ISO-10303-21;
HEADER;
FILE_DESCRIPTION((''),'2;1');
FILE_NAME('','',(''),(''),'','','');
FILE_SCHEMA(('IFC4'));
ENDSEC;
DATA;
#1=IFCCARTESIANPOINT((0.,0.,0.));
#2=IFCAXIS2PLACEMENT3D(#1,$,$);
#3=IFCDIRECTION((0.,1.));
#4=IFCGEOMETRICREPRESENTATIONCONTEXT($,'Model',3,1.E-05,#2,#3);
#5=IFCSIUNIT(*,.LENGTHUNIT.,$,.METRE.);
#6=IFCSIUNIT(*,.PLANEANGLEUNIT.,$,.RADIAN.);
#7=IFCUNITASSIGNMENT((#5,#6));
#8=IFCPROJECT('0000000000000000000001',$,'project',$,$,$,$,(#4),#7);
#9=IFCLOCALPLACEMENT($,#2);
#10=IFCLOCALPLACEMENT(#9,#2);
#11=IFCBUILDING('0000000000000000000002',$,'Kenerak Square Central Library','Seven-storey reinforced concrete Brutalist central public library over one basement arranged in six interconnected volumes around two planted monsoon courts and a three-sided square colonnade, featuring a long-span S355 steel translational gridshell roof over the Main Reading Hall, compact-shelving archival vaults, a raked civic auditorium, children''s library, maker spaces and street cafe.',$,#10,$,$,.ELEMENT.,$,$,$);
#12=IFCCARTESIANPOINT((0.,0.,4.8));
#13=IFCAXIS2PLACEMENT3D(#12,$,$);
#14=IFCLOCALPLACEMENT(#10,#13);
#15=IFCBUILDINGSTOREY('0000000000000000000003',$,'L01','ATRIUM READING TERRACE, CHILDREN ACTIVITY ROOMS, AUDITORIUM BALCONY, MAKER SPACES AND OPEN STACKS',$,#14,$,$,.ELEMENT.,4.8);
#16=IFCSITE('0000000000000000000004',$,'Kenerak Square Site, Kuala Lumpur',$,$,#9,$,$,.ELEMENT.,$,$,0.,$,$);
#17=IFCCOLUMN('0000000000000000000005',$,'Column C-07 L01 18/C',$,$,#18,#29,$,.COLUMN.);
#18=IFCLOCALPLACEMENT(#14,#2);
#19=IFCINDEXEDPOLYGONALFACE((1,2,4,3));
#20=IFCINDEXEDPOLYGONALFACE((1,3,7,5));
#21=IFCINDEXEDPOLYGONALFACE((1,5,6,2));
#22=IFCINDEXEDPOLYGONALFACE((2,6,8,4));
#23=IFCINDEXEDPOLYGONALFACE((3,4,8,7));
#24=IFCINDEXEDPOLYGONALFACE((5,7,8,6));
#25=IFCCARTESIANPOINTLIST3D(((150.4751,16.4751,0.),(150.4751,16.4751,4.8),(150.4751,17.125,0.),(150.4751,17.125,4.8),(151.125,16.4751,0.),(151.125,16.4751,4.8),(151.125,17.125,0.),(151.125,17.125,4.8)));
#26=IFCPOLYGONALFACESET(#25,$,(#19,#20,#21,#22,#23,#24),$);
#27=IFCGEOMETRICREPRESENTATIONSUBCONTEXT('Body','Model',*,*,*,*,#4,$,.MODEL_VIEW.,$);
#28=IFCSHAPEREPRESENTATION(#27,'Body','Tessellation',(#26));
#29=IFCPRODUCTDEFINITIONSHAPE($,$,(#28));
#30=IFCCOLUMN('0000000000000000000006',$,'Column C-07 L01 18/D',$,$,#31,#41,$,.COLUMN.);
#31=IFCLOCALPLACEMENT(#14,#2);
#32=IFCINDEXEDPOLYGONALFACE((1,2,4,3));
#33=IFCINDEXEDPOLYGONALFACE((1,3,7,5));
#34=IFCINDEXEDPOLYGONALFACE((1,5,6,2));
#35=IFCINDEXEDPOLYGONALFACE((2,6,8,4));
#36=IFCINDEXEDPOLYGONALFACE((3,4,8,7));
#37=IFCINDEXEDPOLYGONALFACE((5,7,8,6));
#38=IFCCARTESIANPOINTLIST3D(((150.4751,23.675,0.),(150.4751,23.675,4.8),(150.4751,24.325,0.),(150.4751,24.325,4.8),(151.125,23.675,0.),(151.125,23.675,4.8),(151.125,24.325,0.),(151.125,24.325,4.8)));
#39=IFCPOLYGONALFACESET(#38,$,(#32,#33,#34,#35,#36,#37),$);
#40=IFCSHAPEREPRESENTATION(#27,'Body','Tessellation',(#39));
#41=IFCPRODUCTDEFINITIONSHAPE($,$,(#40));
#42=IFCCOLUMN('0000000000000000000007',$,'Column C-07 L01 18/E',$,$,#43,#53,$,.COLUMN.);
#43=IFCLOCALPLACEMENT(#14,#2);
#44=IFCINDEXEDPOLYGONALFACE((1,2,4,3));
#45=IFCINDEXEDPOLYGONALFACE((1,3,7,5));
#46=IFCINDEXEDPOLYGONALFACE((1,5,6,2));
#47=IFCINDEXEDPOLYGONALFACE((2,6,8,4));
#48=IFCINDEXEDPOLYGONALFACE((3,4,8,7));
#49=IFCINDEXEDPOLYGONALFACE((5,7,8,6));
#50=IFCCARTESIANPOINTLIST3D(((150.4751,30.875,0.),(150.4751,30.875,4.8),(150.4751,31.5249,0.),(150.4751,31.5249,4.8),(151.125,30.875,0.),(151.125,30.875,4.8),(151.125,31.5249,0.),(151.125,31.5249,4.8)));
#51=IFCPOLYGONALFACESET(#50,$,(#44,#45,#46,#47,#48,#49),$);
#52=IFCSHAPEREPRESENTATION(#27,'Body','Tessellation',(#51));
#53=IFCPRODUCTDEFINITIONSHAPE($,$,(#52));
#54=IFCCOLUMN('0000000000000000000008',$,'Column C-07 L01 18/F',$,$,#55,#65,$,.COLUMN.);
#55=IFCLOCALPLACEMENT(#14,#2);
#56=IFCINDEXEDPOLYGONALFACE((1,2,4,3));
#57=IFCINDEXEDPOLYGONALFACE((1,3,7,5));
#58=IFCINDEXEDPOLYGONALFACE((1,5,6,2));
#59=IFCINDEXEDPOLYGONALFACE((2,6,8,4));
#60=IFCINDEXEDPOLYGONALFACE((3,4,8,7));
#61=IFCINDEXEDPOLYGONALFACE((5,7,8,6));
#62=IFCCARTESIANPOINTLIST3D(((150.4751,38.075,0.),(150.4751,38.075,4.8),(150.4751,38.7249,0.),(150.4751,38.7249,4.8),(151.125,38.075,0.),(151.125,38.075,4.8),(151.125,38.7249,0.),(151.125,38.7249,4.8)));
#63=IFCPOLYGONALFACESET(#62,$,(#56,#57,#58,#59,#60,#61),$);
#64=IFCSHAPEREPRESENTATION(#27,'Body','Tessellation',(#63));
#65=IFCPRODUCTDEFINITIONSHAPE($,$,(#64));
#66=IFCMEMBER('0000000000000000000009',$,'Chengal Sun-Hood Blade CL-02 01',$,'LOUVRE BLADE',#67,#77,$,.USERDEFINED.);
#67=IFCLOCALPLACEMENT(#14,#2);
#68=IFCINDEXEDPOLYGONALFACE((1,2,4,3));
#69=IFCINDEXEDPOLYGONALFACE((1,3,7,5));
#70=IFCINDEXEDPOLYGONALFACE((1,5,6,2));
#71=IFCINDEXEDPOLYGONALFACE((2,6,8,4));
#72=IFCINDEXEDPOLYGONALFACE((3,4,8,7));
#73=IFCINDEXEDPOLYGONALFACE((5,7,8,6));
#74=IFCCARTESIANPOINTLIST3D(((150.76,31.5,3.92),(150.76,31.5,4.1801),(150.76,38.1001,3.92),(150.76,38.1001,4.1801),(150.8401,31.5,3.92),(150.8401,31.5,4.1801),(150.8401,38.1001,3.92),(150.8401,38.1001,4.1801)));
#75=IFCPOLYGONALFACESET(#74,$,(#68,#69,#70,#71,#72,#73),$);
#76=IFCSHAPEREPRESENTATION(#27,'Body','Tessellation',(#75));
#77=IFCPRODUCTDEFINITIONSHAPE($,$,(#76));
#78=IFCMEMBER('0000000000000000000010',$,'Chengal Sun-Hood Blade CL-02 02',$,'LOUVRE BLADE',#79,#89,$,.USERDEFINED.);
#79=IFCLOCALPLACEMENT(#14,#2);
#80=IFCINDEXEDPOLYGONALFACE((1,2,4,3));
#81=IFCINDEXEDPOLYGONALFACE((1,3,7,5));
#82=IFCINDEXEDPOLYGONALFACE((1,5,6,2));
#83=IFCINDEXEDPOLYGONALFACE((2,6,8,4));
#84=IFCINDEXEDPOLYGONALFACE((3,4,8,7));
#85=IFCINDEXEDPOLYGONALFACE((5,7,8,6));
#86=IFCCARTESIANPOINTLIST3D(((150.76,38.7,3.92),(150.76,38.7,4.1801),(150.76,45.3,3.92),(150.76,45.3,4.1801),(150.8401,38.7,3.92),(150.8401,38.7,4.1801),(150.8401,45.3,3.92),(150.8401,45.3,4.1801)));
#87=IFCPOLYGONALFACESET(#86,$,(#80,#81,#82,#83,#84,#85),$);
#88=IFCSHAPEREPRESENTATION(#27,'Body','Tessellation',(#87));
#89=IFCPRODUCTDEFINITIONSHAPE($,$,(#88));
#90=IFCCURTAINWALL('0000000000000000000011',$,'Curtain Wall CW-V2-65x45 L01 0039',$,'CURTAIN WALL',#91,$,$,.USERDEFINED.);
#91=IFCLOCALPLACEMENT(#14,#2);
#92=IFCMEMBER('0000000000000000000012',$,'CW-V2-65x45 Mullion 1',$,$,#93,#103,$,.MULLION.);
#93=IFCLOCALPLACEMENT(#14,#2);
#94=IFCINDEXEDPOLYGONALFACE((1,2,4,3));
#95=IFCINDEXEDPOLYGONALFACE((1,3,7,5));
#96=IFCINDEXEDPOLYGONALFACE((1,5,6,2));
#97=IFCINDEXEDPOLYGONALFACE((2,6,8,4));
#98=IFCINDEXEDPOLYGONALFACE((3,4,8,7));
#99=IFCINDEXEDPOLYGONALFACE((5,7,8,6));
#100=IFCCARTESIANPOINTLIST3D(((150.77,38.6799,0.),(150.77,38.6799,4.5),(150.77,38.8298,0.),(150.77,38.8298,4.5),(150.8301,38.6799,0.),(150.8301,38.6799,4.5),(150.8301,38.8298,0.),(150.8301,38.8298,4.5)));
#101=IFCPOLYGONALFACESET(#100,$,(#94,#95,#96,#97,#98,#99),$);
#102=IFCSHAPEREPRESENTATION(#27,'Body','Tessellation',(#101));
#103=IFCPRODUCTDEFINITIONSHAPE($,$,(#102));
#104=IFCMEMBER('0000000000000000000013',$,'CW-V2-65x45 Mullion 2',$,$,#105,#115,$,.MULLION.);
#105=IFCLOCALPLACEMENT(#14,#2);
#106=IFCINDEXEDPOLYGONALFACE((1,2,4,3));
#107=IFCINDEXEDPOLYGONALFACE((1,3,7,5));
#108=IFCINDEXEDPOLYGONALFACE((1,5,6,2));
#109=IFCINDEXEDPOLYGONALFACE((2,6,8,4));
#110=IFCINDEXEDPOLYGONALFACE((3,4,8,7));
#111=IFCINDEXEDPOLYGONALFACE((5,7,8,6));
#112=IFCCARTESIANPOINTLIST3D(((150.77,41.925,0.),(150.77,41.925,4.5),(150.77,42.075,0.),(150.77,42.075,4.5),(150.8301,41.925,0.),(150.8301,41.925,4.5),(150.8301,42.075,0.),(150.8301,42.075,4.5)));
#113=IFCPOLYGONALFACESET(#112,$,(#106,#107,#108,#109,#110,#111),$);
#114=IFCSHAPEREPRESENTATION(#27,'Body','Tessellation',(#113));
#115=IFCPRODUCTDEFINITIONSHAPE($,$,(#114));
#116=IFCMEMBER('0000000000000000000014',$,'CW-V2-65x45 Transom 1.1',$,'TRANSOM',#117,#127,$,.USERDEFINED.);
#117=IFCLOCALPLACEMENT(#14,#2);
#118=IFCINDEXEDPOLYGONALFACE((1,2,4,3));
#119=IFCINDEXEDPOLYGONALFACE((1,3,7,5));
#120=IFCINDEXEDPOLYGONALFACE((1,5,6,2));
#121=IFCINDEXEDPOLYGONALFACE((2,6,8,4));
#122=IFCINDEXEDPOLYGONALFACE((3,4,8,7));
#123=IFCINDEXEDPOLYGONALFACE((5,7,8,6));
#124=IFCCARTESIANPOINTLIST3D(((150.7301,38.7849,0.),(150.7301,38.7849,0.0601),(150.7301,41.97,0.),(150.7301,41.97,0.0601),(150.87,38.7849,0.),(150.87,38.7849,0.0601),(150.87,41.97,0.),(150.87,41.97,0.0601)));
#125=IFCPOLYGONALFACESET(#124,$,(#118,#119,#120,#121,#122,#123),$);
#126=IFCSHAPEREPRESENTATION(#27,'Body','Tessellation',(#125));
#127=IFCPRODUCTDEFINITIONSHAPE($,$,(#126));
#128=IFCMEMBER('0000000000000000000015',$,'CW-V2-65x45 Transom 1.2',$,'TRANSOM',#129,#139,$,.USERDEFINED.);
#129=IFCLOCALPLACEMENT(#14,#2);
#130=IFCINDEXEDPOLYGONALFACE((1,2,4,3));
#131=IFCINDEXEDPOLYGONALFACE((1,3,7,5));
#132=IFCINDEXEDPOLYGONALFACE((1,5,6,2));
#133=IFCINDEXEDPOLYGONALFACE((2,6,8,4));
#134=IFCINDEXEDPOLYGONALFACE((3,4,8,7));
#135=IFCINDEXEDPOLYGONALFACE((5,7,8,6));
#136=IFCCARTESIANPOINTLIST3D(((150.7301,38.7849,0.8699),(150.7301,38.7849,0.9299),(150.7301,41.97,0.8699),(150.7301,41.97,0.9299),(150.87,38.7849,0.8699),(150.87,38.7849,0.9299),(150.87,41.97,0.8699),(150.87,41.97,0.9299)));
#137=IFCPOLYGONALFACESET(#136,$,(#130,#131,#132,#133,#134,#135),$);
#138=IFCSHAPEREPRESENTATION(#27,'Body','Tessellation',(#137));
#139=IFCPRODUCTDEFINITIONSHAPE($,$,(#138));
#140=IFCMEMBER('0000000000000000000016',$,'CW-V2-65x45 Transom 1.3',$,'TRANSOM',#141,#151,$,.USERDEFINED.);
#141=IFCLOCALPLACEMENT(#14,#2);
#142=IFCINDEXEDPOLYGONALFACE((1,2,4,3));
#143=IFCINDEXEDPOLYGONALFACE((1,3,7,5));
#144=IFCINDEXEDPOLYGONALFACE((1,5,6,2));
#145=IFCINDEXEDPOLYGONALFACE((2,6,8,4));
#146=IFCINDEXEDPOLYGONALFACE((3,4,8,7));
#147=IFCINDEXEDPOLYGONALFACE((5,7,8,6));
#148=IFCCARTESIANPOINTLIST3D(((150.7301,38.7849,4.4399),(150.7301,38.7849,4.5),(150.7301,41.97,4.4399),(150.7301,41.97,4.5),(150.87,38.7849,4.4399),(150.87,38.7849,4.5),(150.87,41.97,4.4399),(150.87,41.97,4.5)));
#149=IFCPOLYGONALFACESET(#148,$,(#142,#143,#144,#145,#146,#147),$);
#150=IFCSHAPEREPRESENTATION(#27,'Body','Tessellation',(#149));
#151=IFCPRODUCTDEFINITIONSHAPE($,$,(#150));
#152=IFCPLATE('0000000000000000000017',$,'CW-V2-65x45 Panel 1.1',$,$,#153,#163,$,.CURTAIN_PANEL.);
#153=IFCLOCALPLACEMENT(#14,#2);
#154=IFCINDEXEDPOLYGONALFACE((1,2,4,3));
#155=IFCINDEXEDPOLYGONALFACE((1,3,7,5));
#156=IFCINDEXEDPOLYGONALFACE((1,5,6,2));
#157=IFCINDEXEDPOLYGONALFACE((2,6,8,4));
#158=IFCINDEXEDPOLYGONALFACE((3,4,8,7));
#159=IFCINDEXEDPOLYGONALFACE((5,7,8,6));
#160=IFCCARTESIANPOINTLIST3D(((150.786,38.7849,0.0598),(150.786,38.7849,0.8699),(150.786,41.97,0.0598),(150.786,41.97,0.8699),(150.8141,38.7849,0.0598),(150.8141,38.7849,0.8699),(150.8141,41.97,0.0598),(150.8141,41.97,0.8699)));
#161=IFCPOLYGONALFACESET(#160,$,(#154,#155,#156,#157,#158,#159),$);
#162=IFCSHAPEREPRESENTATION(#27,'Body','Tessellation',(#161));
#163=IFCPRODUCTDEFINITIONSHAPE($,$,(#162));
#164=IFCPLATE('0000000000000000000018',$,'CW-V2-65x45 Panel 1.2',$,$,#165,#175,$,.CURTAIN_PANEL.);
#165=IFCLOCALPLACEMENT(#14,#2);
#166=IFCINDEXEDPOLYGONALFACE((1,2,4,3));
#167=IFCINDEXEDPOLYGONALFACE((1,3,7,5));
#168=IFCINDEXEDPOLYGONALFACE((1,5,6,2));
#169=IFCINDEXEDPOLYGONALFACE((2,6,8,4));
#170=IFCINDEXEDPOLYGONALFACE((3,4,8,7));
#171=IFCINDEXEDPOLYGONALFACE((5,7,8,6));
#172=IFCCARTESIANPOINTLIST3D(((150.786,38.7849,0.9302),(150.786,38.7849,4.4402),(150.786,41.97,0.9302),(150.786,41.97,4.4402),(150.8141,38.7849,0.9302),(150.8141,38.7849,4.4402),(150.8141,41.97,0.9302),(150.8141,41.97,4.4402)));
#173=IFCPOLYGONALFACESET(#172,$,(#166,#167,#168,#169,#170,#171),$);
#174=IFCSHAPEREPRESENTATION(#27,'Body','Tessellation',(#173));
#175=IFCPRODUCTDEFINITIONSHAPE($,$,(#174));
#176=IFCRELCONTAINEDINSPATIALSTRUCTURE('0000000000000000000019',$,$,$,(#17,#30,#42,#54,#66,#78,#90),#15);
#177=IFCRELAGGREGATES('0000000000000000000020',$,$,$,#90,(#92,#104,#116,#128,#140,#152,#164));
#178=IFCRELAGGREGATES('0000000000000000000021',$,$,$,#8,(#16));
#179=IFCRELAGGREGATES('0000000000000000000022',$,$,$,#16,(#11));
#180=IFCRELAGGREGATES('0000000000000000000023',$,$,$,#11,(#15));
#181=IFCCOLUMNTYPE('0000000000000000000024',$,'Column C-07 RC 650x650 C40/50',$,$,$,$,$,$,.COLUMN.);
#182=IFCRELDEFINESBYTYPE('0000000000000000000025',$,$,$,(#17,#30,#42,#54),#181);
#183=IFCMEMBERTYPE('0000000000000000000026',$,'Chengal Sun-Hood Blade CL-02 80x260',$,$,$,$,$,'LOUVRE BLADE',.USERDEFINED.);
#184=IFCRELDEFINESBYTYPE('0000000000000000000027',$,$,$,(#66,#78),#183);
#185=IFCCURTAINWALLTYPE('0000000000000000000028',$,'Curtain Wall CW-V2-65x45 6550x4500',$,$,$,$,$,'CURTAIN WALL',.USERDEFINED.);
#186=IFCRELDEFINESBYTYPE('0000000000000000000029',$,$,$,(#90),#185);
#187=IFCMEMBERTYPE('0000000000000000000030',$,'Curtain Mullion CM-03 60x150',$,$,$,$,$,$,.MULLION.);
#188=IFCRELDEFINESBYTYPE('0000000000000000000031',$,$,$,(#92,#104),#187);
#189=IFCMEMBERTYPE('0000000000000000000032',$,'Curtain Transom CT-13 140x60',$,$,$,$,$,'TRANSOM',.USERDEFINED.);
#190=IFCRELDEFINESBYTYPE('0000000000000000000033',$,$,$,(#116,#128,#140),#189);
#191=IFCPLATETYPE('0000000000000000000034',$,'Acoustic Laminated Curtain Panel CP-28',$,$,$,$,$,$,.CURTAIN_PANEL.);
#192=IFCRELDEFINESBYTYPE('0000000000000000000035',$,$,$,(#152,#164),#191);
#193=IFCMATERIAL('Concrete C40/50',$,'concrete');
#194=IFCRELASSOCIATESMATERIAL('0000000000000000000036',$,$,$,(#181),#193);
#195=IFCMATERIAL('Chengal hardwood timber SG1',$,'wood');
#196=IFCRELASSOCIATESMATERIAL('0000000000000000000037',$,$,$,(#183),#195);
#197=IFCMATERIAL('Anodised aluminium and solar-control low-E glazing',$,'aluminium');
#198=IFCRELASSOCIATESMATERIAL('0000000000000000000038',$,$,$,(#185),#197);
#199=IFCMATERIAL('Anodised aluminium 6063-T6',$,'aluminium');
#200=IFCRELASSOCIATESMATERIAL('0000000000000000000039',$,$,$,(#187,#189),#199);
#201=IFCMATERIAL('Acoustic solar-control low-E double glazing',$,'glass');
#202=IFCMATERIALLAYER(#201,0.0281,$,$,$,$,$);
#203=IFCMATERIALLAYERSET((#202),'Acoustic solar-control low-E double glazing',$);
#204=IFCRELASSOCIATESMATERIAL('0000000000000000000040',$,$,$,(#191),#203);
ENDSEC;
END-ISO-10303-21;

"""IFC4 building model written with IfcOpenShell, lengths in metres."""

from ifc_helpers import new_model, si_unit, direction, frame, origin, origin_2d, place, context, subcontext, project, spatial, rectangle, extrude, material, layer, layer_set, material_profile, profile_set, type_object, element, aggregate, save


model = new_model("IFC4")

# Units and contexts
model_context = context("Model", 3, precision=1e-05, world=origin(), true_north=direction((0.0, 1.0)))
body_context = subcontext(model_context, "Body", "Model", "MODEL_VIEW")
ifc_project = project(units=[si_unit("LENGTHUNIT", "METRE"), si_unit("PLANEANGLEUNIT", "RADIAN")], contexts=[model_context])

# Site, building, storey
site_placement = place(None, origin())
site = spatial("IfcSite", under=ifc_project, at=site_placement, Name="Kenerak Square Site, Kuala Lumpur", CompositionType="ELEMENT", RefElevation=0.0)
building_placement = place(site_placement, origin())
building = spatial("IfcBuilding", under=site, at=building_placement, Name="Kenerak Square Central Library", Description="Seven-storey reinforced concrete Brutalist central public library over one basement arranged in six interconnected volumes around two planted monsoon courts and a three-sided square colonnade, featuring a long-span S355 steel translational gridshell roof over the Main Reading Hall, compact-shelving archival vaults, a raked civic auditorium, children's library, maker spaces and street cafe.", CompositionType="ELEMENT")
storey_placement = place(building_placement, frame((0.0, 0.0, 4.8)))
storey = spatial("IfcBuildingStorey", under=building, at=storey_placement, Name="L01", Description="ATRIUM READING TERRACE, CHILDREN ACTIVITY ROOMS, AUDITORIUM BALCONY, MAKER SPACES AND OPEN STACKS", CompositionType="ELEMENT", Elevation=4.8)

# Columns
ifc_material_1 = material(Name="Concrete C40/50", Category="concrete")
ifc_material_profile_1 = material_profile(ifc_material_1, rectangle(XDim=0.6499, YDim=0.6499, at=origin_2d()), Name="RC 650x650")
ifc_profile_set_1 = profile_set([ifc_material_profile_1], Name="Concrete C40/50")
column_type = type_object("IfcColumnType", Name="Column C-07 RC 650x650 C40/50", PredefinedType="COLUMN", material=ifc_profile_set_1)
for number, where, z_axis, x_axis, name in (
    (1, (150.8, 16.8, 0.0), (0.0, 0.0, 1.0), (1.0, 0.0, 0.0), "Column C-07 L01 18/C"),
    (2, (150.8, 24.0, 0.0), (0.0, 0.0, 1.0), (1.0, 0.0, 0.0), "Column C-07 L01 18/D"),
    (3, (150.8, 31.2, 0.0), (0.0, 0.0, 1.0), (1.0, 0.0, 0.0), "Column C-07 L01 18/E"),
    (4, (150.8, 38.3999, 0.0), (0.0, 0.0, 1.0), (1.0, 0.0, 0.0), "Column C-07 L01 18/F"),
):
    element("IfcColumn", number, at=place(storey_placement, frame(where, z_axis=z_axis, x_axis=x_axis)), inside=storey, type_object=column_type, Name=name, PredefinedType="COLUMN", context=body_context, shape_type="SweptSolid", body=[
        extrude(rectangle(XDim=0.6499, YDim=0.6499, at=origin_2d()), origin(), (0.0, 0.0, 1.0), 4.8),
    ])

# Members
ifc_material_2 = material(Name="Chengal hardwood timber SG1", Category="wood")
ifc_material_profile_2 = material_profile(ifc_material_2, rectangle(XDim=0.0801, YDim=0.26, at=origin_2d()), Name="CHENGAL 80x260")
ifc_profile_set_2 = profile_set([ifc_material_profile_2], Name="Chengal hardwood timber SG1")
member_type_1 = type_object("IfcMemberType", Name="Chengal Sun-Hood Blade CL-02 80x260", ElementType="LOUVRE BLADE", PredefinedType="USERDEFINED", material=ifc_profile_set_2)
for number, where, z_axis, x_axis, name in (
    (5, (150.8, 31.5, 4.05), (0.0, 1.0, 0.0), (-1.0, 0.0, 0.0), "Chengal Sun-Hood Blade CL-02 01"),
    (6, (150.8, 38.7, 4.05), (0.0, 1.0, 0.0), (-1.0, 0.0, 0.0), "Chengal Sun-Hood Blade CL-02 02"),
):
    element("IfcMember", number, at=place(storey_placement, frame(where, z_axis=z_axis, x_axis=x_axis)), inside=storey, type_object=member_type_1, Name=name, ObjectType="LOUVRE BLADE", PredefinedType="USERDEFINED", context=body_context, shape_type="SweptSolid", body=[
        extrude(rectangle(XDim=0.0801, YDim=0.26, at=origin_2d()), origin(), (0.0, 0.0, 1.0), 6.6001),
    ])

# Curtain wall, members, plates
ifc_material_3 = material(Name="Anodised aluminium and solar-control low-E glazing", Category="aluminium")
curtain_wall_type = type_object("IfcCurtainWallType", Name="Curtain Wall CW-V2-65x45 6550x4500", ElementType="CURTAIN WALL", PredefinedType="USERDEFINED", material=ifc_material_3)
curtain_wall_placement = place(storey_placement, origin())
curtain_wall = element("IfcCurtainWall", 7, at=curtain_wall_placement, inside=storey, type_object=curtain_wall_type, Name="Curtain Wall CW-V2-65x45 L01 0039", ObjectType="CURTAIN WALL", PredefinedType="USERDEFINED")
ifc_material_4 = material(Name="Anodised aluminium 6063-T6", Category="aluminium")
ifc_material_profile_3 = material_profile(ifc_material_4, rectangle(XDim=0.0601, YDim=0.1499, at=origin_2d()), Name="AL MULLION 60x150")
ifc_profile_set_3 = profile_set([ifc_material_profile_3], Name="Anodised aluminium 6063-T6")
member_type_2 = type_object("IfcMemberType", Name="Curtain Mullion CM-03 60x150", PredefinedType="MULLION", material=ifc_profile_set_3)
member_1_placement = place(storey_placement, frame((150.8, 38.7549, 0.0), z_axis=(0.0, 0.0, 1.0), x_axis=(-1.0, 0.0, 0.0)))
member_1 = element("IfcMember", 8, at=member_1_placement, type_object=member_type_2, Name="CW-V2-65x45 Mullion 1", PredefinedType="MULLION", context=body_context, shape_type="SweptSolid", body=[
    extrude(rectangle(XDim=0.0601, YDim=0.1499, at=origin_2d()), origin(), (0.0, 0.0, 1.0), 4.5),
])
member_2_placement = place(storey_placement, frame((150.8, 42.0, 0.0), z_axis=(0.0, 0.0, 1.0), x_axis=(-1.0, 0.0, 0.0)))
member_2 = element("IfcMember", 9, at=member_2_placement, type_object=member_type_2, Name="CW-V2-65x45 Mullion 2", PredefinedType="MULLION", context=body_context, shape_type="SweptSolid", body=[
    extrude(rectangle(XDim=0.0601, YDim=0.1499, at=origin_2d()), origin(), (0.0, 0.0, 1.0), 4.5),
])
ifc_material_profile_4 = material_profile(ifc_material_4, rectangle(XDim=0.1399, YDim=0.0601, at=origin_2d()), Name="AL TRANSOM 140x60")
ifc_profile_set_4 = profile_set([ifc_material_profile_4], Name="Anodised aluminium 6063-T6")
member_type_3 = type_object("IfcMemberType", Name="Curtain Transom CT-13 140x60", ElementType="TRANSOM", PredefinedType="USERDEFINED", material=ifc_profile_set_4)
member_3_placement = place(storey_placement, frame((150.8, 38.7849, 0.03), z_axis=(0.0, 1.0, 0.0), x_axis=(-1.0, 0.0, 0.0)))
member_3 = element("IfcMember", 10, at=member_3_placement, type_object=member_type_3, Name="CW-V2-65x45 Transom 1.1", ObjectType="TRANSOM", PredefinedType="USERDEFINED", context=body_context, shape_type="SweptSolid", body=[
    extrude(rectangle(XDim=0.1399, YDim=0.0601, at=origin_2d()), origin(), (0.0, 0.0, 1.0), 3.1851),
])
member_4_placement = place(storey_placement, frame((150.8, 38.7849, 0.8999), z_axis=(0.0, 1.0, 0.0), x_axis=(-1.0, 0.0, 0.0)))
member_4 = element("IfcMember", 11, at=member_4_placement, type_object=member_type_3, Name="CW-V2-65x45 Transom 1.2", ObjectType="TRANSOM", PredefinedType="USERDEFINED", context=body_context, shape_type="SweptSolid", body=[
    extrude(rectangle(XDim=0.1399, YDim=0.0601, at=origin_2d()), origin(), (0.0, 0.0, 1.0), 3.1851),
])
member_5_placement = place(storey_placement, frame((150.8, 38.7849, 4.47), z_axis=(0.0, 1.0, 0.0), x_axis=(-1.0, 0.0, 0.0)))
member_5 = element("IfcMember", 12, at=member_5_placement, type_object=member_type_3, Name="CW-V2-65x45 Transom 1.3", ObjectType="TRANSOM", PredefinedType="USERDEFINED", context=body_context, shape_type="SweptSolid", body=[
    extrude(rectangle(XDim=0.1399, YDim=0.0601, at=origin_2d()), origin(), (0.0, 0.0, 1.0), 3.1851),
])
ifc_material_5 = material(Name="Acoustic solar-control low-E double glazing", Category="glass")
ifc_layer_1 = layer(ifc_material_5, 0.0281)
ifc_layer_set_1 = layer_set([ifc_layer_1], Name="Acoustic solar-control low-E double glazing")
plate_type = type_object("IfcPlateType", Name="Acoustic Laminated Curtain Panel CP-28", PredefinedType="CURTAIN_PANEL", material=ifc_layer_set_1)
plate_1_placement = place(storey_placement, frame((150.8, 40.3774, 0.0598), z_axis=(0.0, 0.0, 1.0), x_axis=(0.0, 1.0, 0.0)))
plate_1 = element("IfcPlate", 13, at=plate_1_placement, type_object=plate_type, Name="CW-V2-65x45 Panel 1.1", PredefinedType="CURTAIN_PANEL", context=body_context, shape_type="SweptSolid", body=[
    extrude(rectangle(XDim=3.1851, YDim=0.0281, at=origin_2d()), origin(), (0.0, 0.0, 1.0), 0.8101),
])
plate_2_placement = place(storey_placement, frame((150.8, 40.3774, 0.9302), z_axis=(0.0, 0.0, 1.0), x_axis=(0.0, 1.0, 0.0)))
plate_2 = element("IfcPlate", 14, at=plate_2_placement, type_object=plate_type, Name="CW-V2-65x45 Panel 1.2", PredefinedType="CURTAIN_PANEL", context=body_context, shape_type="SweptSolid", body=[
    extrude(rectangle(XDim=3.1851, YDim=0.0281, at=origin_2d()), origin(), (0.0, 0.0, 1.0), 3.51),
])
aggregate(curtain_wall, [member_1, member_2, member_3, member_4, member_5, plate_1, plate_2])

save(model, "model.ifc")
